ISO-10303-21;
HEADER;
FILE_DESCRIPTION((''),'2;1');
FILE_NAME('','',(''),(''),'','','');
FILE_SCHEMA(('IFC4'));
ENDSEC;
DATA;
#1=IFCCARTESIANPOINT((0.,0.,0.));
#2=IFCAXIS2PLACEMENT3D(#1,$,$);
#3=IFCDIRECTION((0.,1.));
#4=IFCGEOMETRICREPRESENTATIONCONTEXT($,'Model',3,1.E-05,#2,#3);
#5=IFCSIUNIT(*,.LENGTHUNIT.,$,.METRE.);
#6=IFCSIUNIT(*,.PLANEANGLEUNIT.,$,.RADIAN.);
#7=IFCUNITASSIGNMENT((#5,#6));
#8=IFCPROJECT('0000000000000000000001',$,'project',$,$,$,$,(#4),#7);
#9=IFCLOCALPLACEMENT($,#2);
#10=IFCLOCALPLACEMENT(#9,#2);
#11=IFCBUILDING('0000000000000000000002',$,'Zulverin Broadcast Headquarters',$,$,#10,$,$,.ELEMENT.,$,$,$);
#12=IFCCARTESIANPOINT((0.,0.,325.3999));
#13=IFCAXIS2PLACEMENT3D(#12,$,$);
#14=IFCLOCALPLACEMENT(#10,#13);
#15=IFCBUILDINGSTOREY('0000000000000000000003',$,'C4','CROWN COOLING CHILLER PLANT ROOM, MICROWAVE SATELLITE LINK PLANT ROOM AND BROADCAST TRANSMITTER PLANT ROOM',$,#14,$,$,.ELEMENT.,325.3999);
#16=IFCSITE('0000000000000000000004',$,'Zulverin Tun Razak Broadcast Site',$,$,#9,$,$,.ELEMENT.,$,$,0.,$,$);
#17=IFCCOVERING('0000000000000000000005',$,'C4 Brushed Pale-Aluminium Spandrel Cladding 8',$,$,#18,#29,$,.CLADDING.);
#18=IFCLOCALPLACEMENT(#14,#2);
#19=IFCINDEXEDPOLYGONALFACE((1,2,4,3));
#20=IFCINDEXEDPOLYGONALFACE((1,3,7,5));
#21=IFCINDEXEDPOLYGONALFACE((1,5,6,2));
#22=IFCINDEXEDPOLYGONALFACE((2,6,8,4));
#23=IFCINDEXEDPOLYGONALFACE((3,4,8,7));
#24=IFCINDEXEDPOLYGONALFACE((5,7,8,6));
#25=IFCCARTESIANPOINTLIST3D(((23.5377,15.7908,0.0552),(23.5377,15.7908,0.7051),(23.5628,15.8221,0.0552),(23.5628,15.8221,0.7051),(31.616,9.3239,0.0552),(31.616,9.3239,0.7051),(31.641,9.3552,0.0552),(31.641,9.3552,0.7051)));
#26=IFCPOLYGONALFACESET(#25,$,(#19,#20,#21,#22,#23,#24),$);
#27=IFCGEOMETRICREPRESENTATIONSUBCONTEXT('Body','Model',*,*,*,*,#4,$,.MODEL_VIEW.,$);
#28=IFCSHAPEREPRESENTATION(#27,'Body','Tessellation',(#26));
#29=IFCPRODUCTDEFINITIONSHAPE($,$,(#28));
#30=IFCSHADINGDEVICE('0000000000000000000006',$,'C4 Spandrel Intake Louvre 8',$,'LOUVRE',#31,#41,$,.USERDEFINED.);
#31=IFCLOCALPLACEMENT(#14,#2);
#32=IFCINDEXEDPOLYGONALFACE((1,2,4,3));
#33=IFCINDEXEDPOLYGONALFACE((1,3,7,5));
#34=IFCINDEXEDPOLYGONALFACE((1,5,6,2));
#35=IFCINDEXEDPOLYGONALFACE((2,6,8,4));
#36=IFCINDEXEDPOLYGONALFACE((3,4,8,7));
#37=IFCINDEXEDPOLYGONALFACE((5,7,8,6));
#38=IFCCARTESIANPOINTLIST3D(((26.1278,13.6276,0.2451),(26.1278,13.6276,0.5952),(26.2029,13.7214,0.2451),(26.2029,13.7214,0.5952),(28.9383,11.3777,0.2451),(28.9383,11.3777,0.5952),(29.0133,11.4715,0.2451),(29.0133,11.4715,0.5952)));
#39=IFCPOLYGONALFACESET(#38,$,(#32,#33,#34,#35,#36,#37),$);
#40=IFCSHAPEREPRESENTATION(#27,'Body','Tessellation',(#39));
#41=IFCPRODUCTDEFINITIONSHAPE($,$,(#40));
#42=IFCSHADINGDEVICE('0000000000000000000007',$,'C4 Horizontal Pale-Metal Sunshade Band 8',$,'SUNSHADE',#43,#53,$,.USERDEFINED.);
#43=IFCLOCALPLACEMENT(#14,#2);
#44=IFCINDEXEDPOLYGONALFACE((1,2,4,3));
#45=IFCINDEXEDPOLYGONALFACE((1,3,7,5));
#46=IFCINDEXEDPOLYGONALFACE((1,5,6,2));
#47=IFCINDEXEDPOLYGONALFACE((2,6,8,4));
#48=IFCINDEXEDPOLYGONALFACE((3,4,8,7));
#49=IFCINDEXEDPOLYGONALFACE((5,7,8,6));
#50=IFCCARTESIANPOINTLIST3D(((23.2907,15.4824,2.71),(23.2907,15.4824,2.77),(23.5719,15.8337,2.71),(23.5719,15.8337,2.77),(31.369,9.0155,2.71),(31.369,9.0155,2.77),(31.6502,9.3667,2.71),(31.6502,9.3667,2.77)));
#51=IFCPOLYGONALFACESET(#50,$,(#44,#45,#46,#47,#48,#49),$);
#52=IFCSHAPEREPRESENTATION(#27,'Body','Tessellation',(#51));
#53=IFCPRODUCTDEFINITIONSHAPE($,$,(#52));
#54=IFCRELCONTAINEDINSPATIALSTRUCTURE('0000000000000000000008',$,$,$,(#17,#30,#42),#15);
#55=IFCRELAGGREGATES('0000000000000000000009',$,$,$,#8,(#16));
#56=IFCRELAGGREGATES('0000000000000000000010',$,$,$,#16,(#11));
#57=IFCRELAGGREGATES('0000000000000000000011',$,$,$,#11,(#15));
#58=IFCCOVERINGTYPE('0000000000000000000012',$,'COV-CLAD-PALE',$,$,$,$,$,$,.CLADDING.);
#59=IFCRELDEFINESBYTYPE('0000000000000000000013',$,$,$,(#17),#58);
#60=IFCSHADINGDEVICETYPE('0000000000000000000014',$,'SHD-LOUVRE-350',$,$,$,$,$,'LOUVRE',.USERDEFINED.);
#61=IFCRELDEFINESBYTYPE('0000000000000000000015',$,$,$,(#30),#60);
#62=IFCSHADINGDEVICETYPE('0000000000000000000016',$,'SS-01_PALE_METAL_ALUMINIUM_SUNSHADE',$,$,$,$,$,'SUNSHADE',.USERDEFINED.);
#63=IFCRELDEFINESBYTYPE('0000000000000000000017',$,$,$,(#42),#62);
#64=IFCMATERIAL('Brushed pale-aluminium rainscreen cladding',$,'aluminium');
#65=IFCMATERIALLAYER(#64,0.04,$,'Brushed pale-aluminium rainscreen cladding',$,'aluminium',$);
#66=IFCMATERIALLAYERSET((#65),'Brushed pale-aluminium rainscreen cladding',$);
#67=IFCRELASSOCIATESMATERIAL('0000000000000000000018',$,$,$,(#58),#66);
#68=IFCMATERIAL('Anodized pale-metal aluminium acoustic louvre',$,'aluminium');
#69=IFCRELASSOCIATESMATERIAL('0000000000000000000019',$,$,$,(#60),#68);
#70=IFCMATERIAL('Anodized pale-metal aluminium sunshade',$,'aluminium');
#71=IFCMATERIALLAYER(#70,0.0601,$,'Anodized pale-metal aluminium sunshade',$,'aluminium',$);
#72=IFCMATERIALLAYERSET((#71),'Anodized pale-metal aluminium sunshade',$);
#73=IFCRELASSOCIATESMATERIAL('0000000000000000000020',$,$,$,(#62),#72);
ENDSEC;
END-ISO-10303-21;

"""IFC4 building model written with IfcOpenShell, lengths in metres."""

from ifc_helpers import new_model, si_unit, direction, frame, origin, origin_2d, place, context, subcontext, project, spatial, rectangle, extrude, material, layer, layer_set, type_object, element, save


model = new_model("IFC4")

# Units and contexts
model_context = context("Model", 3, precision=1e-05, world=origin(), true_north=direction((0.0, 1.0)))
body_context = subcontext(model_context, "Body", "Model", "MODEL_VIEW")
ifc_project = project(units=[si_unit("LENGTHUNIT", "METRE"), si_unit("PLANEANGLEUNIT", "RADIAN")], contexts=[model_context])

# Site, building, storey
site_placement = place(None, origin())
site = spatial("IfcSite", under=ifc_project, at=site_placement, Name="Zulverin Tun Razak Broadcast Site", CompositionType="ELEMENT", RefElevation=0.0)
building_placement = place(site_placement, origin())
building = spatial("IfcBuilding", under=site, at=building_placement, Name="Zulverin Broadcast Headquarters", CompositionType="ELEMENT")
storey_placement = place(building_placement, frame((0.0, 0.0, 325.3999)))
storey = spatial("IfcBuildingStorey", under=building, at=storey_placement, Name="C4", Description="CROWN COOLING CHILLER PLANT ROOM, MICROWAVE SATELLITE LINK PLANT ROOM AND BROADCAST TRANSMITTER PLANT ROOM", CompositionType="ELEMENT", Elevation=325.3999)

# Covering
ifc_material_1 = material(Name="Brushed pale-aluminium rainscreen cladding", Category="aluminium")
ifc_layer_1 = layer(ifc_material_1, 0.04, Name="Brushed pale-aluminium rainscreen cladding", Category="aluminium")
ifc_layer_set_1 = layer_set([ifc_layer_1], Name="Brushed pale-aluminium rainscreen cladding")
covering_type = type_object("IfcCoveringType", Name="COV-CLAD-PALE", PredefinedType="CLADDING", material=ifc_layer_set_1)
covering_placement = place(storey_placement, frame((27.5894, 12.573, 0.0552), z_axis=(0.0, 0.0, 1.0), x_axis=(0.780664, -0.624951, 0.0)))
element("IfcCovering", 1, at=covering_placement, inside=storey, type_object=covering_type, Name="C4 Brushed Pale-Aluminium Spandrel Cladding 8", PredefinedType="CLADDING", context=body_context, shape_type="SweptSolid", body=[
    extrude(rectangle(XDim=10.3479, YDim=0.04, at=origin_2d()), origin(), (0.0, 0.0, 1.0), 0.6499),
])

# Shading devices
ifc_material_2 = material(Name="Anodized pale-metal aluminium acoustic louvre", Category="aluminium")
shading_device_type_1 = type_object("IfcShadingDeviceType", Name="SHD-LOUVRE-350", ElementType="LOUVRE", PredefinedType="USERDEFINED", material=ifc_material_2)
shading_device_1_placement = place(storey_placement, frame((27.5706, 12.5496, 0.2451), z_axis=(0.0, 0.0, 1.0), x_axis=(0.780664, -0.624951, 0.0)))
element("IfcShadingDevice", 2, at=shading_device_1_placement, inside=storey, type_object=shading_device_type_1, Name="C4 Spandrel Intake Louvre 8", ObjectType="LOUVRE", PredefinedType="USERDEFINED", context=body_context, shape_type="SweptSolid", body=[
    extrude(rectangle(XDim=3.6001, YDim=0.1201, at=origin_2d()), origin(), (0.0, 0.0, 1.0), 0.3501),
])
ifc_material_3 = material(Name="Anodized pale-metal aluminium sunshade", Category="aluminium")
ifc_layer_2 = layer(ifc_material_3, 0.0601, Name="Anodized pale-metal aluminium sunshade", Category="aluminium")
ifc_layer_set_2 = layer_set([ifc_layer_2], Name="Anodized pale-metal aluminium sunshade")
shading_device_type_2 = type_object("IfcShadingDeviceType", Name="SS-01_PALE_METAL_ALUMINIUM_SUNSHADE", ElementType="SUNSHADE", PredefinedType="USERDEFINED", material=ifc_layer_set_2)
shading_device_2_placement = place(storey_placement, frame((27.4705, 12.4246, 2.71), z_axis=(0.0, 0.0, 1.0), x_axis=(0.780664, -0.624951, 0.0)))
element("IfcShadingDevice", 3, at=shading_device_2_placement, inside=storey, type_object=shading_device_type_2, Name="C4 Horizontal Pale-Metal Sunshade Band 8", ObjectType="SUNSHADE", PredefinedType="USERDEFINED", context=body_context, shape_type="SweptSolid", body=[
    extrude(rectangle(XDim=10.3479, YDim=0.45, at=origin_2d()), origin(), (0.0, 0.0, 1.0), 0.0601),
])

save(model, "model.ifc")
